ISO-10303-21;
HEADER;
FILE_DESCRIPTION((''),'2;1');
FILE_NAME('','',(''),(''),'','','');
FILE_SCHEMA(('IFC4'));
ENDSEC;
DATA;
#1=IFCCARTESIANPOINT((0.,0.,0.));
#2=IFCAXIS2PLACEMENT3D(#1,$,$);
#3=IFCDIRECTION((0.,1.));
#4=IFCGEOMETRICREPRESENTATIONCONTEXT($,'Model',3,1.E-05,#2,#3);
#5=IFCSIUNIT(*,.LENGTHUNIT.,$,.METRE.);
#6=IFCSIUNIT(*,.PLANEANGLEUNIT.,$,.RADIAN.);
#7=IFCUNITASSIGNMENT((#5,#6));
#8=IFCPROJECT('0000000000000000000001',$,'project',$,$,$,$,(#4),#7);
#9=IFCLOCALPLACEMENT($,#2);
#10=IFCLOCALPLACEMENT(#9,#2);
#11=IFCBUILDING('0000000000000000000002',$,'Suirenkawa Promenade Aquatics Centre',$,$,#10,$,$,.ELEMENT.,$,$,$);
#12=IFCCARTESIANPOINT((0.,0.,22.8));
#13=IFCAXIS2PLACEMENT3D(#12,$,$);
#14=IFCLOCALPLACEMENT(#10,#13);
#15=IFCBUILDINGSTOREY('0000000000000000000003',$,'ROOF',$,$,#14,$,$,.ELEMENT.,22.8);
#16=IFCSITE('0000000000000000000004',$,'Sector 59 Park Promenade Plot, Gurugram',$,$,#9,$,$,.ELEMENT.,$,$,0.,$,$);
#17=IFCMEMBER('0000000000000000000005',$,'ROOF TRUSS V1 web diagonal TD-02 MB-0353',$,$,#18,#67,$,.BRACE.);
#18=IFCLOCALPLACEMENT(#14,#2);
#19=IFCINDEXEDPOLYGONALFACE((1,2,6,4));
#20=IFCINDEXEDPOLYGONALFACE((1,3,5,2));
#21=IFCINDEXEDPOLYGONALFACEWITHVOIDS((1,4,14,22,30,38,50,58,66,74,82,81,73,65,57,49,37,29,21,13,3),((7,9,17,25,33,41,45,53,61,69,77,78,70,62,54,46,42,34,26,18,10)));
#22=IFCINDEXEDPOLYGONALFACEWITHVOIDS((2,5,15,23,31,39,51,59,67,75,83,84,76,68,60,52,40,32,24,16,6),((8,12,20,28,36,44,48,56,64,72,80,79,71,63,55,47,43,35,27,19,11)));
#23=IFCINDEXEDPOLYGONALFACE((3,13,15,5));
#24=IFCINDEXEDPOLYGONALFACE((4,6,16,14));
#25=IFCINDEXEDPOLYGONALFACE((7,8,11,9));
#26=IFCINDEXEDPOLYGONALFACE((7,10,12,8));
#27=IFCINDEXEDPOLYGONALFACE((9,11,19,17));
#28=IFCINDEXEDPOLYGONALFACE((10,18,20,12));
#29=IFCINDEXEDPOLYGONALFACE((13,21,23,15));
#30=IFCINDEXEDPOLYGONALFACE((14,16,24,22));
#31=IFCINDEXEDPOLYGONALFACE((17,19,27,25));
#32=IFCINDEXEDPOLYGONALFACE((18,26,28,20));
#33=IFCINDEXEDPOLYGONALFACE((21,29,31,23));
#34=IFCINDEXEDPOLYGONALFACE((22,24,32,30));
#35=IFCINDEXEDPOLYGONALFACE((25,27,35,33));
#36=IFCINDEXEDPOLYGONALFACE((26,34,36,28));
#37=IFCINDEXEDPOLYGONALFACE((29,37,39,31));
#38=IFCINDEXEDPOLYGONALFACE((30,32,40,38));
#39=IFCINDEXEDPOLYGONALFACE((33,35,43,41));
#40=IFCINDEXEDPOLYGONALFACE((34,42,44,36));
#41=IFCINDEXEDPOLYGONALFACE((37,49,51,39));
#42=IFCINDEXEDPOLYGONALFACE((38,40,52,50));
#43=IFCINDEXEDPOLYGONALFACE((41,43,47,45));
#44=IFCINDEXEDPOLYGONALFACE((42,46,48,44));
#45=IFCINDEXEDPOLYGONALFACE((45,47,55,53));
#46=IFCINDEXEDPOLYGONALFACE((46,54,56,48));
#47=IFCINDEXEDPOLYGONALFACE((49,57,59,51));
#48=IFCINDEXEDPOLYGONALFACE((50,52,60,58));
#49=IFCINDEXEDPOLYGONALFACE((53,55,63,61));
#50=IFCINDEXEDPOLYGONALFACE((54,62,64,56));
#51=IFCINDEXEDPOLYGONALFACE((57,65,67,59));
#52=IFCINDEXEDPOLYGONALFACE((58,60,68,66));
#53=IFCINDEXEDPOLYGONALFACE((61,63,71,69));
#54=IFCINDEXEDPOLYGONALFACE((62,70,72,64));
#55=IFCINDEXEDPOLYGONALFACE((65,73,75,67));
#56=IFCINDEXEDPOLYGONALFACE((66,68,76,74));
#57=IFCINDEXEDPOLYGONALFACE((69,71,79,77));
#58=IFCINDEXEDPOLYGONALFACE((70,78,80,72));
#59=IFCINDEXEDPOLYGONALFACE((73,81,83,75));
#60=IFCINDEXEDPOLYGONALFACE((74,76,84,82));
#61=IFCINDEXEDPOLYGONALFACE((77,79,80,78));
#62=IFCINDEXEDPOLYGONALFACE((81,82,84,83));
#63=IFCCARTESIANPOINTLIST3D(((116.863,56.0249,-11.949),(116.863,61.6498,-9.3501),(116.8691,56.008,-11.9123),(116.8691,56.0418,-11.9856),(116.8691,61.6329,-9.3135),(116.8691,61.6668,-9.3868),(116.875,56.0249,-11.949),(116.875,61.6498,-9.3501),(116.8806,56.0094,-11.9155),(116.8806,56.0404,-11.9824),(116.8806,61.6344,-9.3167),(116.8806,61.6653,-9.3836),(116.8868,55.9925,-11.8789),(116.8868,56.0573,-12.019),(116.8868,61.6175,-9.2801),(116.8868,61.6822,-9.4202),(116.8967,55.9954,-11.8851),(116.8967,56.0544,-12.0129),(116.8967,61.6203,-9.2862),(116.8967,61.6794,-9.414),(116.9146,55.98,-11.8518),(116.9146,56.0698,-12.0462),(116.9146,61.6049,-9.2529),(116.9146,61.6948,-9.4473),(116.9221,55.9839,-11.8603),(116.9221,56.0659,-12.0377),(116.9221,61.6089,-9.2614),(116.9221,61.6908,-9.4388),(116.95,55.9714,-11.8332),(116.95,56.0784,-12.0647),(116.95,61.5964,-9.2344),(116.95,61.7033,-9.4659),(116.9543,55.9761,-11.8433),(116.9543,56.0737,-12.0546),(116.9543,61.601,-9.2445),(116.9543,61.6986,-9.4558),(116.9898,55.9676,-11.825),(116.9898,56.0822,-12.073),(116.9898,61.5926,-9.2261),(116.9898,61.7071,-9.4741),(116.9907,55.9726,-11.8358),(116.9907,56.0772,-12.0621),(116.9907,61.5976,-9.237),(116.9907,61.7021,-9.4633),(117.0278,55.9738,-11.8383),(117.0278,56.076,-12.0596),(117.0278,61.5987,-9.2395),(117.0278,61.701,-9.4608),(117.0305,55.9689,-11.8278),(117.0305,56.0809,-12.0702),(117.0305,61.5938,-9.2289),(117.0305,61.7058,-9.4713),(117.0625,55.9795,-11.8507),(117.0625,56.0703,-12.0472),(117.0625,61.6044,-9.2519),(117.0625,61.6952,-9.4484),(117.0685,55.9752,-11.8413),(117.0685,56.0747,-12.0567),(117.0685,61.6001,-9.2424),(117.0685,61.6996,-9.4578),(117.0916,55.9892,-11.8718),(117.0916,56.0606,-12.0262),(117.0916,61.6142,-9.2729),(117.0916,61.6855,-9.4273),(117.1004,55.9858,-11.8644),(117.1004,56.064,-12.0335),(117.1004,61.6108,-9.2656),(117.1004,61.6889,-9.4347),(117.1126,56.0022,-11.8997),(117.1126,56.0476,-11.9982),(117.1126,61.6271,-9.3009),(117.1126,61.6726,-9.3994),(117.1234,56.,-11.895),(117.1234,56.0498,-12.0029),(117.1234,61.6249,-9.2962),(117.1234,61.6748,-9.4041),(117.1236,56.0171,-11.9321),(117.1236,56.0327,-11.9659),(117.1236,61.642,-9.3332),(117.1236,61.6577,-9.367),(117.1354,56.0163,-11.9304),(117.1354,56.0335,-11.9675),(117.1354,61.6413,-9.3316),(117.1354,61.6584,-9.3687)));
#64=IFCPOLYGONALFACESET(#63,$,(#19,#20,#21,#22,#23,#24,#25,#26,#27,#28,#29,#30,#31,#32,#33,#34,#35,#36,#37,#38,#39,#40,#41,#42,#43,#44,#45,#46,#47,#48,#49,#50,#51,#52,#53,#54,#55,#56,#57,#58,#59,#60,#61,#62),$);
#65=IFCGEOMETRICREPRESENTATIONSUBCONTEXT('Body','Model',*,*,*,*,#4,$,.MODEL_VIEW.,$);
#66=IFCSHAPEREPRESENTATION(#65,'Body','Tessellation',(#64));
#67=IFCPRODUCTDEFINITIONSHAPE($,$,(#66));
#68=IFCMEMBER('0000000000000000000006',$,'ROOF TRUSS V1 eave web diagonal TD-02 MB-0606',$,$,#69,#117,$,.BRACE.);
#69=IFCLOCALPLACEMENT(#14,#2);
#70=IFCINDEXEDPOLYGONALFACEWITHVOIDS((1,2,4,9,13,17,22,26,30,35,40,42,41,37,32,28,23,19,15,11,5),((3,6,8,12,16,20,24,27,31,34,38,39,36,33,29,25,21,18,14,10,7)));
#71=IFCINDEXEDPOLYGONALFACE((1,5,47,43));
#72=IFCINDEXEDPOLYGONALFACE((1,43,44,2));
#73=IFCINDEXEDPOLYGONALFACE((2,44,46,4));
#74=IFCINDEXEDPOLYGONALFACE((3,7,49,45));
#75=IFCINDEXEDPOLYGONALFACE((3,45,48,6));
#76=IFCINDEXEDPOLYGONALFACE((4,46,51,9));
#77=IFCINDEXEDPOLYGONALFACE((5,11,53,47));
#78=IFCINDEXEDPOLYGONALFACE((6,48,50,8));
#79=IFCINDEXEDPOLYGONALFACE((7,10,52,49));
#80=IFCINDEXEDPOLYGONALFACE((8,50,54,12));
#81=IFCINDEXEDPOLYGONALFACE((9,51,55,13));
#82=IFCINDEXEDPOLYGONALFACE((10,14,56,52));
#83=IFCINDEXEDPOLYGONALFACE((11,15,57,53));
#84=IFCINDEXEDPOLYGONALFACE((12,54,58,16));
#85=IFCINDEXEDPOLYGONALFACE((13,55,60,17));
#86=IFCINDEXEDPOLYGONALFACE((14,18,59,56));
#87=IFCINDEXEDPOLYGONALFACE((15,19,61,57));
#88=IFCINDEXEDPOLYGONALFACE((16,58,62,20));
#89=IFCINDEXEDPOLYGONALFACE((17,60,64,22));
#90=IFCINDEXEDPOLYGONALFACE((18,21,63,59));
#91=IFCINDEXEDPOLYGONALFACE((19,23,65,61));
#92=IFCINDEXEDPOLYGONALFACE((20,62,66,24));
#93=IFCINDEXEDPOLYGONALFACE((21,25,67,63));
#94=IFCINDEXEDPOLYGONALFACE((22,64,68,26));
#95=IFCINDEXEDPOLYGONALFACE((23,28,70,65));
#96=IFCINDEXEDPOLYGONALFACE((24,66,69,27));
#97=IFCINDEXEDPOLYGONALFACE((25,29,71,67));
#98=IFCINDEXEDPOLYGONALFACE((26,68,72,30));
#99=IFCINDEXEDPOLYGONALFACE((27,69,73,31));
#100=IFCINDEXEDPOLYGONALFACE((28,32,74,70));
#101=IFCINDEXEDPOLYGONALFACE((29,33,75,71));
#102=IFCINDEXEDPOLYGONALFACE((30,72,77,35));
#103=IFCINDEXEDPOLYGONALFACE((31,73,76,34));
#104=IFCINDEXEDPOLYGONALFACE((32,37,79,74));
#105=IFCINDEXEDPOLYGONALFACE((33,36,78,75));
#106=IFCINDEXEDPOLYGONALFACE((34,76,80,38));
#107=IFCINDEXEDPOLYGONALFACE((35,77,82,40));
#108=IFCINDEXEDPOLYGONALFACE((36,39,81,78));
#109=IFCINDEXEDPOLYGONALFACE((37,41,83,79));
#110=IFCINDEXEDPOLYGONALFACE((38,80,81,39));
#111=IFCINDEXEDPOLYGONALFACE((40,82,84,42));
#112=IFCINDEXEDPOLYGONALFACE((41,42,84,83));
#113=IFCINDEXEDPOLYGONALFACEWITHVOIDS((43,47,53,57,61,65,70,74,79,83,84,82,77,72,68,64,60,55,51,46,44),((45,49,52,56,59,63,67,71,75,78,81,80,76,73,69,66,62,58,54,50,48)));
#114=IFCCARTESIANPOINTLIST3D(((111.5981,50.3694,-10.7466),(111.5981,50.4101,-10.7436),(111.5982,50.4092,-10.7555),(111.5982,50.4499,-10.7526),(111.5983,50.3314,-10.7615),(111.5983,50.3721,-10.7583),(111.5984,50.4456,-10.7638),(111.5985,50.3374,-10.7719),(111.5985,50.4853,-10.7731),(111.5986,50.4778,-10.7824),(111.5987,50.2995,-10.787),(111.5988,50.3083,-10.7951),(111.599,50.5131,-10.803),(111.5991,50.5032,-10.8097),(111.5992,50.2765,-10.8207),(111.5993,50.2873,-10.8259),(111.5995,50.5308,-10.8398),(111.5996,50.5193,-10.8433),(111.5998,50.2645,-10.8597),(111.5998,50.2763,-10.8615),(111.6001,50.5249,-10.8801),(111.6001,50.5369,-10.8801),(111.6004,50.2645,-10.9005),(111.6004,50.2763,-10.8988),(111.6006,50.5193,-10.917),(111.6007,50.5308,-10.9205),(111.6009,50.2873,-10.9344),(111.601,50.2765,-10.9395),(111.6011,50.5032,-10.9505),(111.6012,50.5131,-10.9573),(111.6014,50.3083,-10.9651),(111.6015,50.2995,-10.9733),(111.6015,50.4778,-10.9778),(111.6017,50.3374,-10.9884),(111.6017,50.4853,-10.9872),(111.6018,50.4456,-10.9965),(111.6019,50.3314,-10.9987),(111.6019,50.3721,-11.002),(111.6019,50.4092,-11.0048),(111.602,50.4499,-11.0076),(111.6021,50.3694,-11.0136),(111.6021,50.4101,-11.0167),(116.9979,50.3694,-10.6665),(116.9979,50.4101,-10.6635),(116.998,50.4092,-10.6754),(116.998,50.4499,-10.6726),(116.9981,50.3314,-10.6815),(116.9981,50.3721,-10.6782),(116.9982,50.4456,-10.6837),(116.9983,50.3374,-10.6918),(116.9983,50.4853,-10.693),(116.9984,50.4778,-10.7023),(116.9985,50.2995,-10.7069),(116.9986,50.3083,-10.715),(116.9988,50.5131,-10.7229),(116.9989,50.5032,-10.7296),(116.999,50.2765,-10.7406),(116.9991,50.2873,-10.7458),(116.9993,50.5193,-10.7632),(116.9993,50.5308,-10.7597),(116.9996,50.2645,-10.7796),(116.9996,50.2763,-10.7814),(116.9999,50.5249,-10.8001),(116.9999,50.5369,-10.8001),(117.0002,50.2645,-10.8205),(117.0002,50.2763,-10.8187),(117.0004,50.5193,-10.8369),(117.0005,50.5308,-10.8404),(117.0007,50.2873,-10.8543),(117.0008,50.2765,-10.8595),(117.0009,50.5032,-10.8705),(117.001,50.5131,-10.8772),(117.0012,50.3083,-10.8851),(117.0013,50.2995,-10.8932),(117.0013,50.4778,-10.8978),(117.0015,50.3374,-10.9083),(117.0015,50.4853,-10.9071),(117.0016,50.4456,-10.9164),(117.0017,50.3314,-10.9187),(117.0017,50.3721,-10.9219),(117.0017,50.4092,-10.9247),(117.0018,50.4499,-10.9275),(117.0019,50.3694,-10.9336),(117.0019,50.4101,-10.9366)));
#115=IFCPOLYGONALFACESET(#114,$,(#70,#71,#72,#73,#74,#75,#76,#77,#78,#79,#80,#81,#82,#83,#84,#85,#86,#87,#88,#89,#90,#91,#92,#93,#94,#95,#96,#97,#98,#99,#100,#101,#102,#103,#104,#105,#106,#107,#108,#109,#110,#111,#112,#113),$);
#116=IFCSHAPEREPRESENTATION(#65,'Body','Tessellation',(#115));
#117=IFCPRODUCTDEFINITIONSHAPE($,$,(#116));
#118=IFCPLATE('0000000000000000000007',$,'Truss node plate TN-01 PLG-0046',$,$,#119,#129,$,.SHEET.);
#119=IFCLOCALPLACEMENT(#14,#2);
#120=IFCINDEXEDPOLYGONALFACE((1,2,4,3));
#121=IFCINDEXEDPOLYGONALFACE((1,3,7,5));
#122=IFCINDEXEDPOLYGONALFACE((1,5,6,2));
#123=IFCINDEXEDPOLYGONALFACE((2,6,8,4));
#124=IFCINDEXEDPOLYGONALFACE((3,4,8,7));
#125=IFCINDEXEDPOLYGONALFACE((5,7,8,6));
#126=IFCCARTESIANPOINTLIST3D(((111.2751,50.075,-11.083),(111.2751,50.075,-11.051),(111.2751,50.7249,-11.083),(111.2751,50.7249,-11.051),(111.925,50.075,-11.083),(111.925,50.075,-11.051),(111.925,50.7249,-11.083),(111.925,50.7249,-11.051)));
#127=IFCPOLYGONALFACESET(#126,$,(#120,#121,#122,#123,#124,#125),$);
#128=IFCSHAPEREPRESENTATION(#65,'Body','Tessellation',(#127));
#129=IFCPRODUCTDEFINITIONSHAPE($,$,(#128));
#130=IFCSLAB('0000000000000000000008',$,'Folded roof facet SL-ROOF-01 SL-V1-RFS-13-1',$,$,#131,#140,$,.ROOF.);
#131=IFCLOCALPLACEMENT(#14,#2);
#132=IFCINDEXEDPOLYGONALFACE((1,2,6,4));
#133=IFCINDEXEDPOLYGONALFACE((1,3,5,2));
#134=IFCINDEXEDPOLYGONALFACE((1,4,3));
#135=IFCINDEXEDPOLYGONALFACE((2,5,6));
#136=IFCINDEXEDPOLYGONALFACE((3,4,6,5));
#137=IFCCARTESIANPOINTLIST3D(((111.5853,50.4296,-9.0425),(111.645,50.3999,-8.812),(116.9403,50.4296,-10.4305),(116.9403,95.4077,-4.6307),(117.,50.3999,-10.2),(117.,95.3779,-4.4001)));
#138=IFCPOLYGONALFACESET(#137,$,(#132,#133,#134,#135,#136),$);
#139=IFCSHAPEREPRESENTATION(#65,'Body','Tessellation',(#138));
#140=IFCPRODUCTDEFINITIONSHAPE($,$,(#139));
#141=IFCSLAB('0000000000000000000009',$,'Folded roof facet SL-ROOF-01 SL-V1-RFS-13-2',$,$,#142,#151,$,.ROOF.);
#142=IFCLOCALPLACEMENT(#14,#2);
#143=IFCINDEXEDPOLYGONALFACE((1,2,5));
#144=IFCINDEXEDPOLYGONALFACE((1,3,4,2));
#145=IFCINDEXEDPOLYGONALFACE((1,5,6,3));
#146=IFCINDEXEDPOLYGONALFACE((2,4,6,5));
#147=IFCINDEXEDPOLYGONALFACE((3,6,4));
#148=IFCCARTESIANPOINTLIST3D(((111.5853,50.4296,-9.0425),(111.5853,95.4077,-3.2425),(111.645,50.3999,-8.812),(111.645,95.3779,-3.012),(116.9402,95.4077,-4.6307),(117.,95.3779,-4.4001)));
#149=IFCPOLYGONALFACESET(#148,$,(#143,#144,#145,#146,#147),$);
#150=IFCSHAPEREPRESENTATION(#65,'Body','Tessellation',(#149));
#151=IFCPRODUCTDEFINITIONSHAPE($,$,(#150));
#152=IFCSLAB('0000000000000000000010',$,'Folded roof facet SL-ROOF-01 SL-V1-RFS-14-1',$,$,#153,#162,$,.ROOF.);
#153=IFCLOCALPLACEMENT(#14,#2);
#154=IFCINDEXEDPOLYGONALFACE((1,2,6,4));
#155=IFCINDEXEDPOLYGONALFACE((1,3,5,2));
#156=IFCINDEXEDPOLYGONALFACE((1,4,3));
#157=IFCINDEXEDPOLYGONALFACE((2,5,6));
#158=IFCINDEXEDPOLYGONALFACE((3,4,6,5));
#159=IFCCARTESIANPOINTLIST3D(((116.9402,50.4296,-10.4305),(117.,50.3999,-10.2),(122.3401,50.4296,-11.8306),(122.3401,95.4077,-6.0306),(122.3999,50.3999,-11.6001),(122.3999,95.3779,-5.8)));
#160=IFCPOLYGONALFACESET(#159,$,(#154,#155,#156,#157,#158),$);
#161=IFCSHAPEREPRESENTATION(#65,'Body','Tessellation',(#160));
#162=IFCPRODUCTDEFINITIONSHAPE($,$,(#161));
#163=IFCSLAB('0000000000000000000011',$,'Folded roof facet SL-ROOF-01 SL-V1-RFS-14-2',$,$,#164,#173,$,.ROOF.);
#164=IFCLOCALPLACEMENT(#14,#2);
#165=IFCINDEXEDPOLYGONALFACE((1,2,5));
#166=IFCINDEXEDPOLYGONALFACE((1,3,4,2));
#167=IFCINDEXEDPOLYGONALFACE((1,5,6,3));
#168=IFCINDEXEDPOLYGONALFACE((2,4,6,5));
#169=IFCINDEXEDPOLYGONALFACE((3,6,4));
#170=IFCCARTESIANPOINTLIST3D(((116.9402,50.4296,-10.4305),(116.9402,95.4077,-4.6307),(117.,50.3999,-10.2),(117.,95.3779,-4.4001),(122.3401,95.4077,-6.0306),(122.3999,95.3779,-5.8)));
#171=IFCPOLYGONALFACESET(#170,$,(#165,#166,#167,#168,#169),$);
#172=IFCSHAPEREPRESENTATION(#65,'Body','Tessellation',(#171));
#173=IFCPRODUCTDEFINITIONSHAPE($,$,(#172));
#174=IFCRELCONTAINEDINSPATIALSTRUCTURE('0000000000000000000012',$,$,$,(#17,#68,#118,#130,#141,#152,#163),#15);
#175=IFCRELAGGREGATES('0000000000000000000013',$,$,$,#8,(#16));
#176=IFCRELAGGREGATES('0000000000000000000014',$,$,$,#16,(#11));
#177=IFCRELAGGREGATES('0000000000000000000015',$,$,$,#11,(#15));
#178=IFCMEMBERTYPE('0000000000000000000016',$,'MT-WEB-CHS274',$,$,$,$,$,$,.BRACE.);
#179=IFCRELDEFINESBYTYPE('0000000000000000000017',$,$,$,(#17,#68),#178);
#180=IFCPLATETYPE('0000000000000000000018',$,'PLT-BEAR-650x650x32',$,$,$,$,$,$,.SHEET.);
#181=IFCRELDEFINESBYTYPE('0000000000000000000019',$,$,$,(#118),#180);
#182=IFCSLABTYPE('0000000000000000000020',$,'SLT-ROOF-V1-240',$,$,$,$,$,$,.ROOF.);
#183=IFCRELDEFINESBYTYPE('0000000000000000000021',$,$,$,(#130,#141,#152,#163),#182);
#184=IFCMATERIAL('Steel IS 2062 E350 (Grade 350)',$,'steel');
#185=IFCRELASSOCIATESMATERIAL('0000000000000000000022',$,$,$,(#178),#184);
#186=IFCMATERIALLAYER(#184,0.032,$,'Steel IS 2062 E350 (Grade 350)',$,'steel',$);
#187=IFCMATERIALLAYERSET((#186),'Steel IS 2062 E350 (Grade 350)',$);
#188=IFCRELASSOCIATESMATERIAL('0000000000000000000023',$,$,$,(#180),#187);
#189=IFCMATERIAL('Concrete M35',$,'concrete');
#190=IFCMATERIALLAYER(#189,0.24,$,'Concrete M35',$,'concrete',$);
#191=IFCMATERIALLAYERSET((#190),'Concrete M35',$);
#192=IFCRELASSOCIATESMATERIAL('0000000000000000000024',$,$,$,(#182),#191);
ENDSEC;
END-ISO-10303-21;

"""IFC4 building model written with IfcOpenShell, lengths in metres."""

from ifc_helpers import new_model, si_unit, direction, frame, origin, origin_2d, place, context, subcontext, project, spatial, polyline, rectangle, hollow_circle, outline, extrude, material, layer, layer_set, material_profile, profile_set, type_object, element, save


model = new_model("IFC4")

# Units and contexts
model_context = context("Model", 3, precision=1e-05, world=origin(), true_north=direction((0.0, 1.0)))
body_context = subcontext(model_context, "Body", "Model", "MODEL_VIEW")
ifc_project = project(units=[si_unit("LENGTHUNIT", "METRE"), si_unit("PLANEANGLEUNIT", "RADIAN")], contexts=[model_context])

# Site, building, storey
site_placement = place(None, origin())
site = spatial("IfcSite", under=ifc_project, at=site_placement, Name="Sector 59 Park Promenade Plot, Gurugram", CompositionType="ELEMENT", RefElevation=0.0)
building_placement = place(site_placement, origin())
building = spatial("IfcBuilding", under=site, at=building_placement, Name="Suirenkawa Promenade Aquatics Centre", CompositionType="ELEMENT")
storey_placement = place(building_placement, frame((0.0, 0.0, 22.8)))
storey = spatial("IfcBuildingStorey", under=building, at=storey_placement, Name="ROOF", CompositionType="ELEMENT", Elevation=22.8)

# Shared definitions
ifc_material_1 = material(Name="Steel IS 2062 E350 (Grade 350)", Category="steel")

# Members
ifc_material_profile_1 = material_profile(ifc_material_1, hollow_circle(Radius=0.137, WallThickness=0.012, at=origin_2d()), Name="CHS 274x12", Category="steel")
ifc_profile_set_1 = profile_set([ifc_material_profile_1], Name="Steel IS 2062 E350 (Grade 350)")
member_type_1 = type_object("IfcMemberType", Name="MT-WEB-CHS274", PredefinedType="BRACE", material=ifc_profile_set_1)
member_1_placement = place(storey_placement, frame((117.0, 56.0249, -11.949), z_axis=(0.0, 0.907792, 0.41942), x_axis=(-1.0, 0.0, 0.0)))
element("IfcMember", 1, at=member_1_placement, inside=storey, type_object=member_type_1, Name="ROOF TRUSS V1 web diagonal TD-02 MB-0353", PredefinedType="BRACE", context=body_context, shape_type="SweptSolid", body=[
    extrude(hollow_circle(Radius=0.137, WallThickness=0.012, at=origin_2d()), origin(), (0.0, 0.0, 1.0), 6.1963),
])
member_2_placement = place(storey_placement, frame((111.6001, 50.3999, -10.8801), z_axis=(0.99989, 0.0, 0.014828), x_axis=(0.0, 1.0, 0.0)))
element("IfcMember", 2, at=member_2_placement, inside=storey, type_object=member_type_1, Name="ROOF TRUSS V1 eave web diagonal TD-02 MB-0606", PredefinedType="BRACE", context=body_context, shape_type="SweptSolid", body=[
    extrude(hollow_circle(Radius=0.137, WallThickness=0.012, at=origin_2d()), origin(), (0.0, 0.0, 1.0), 5.4004),
])

# Plate
ifc_layer_1 = layer(ifc_material_1, 0.032, Name="Steel IS 2062 E350 (Grade 350)", Category="steel")
ifc_layer_set_1 = layer_set([ifc_layer_1], Name="Steel IS 2062 E350 (Grade 350)")
plate_type = type_object("IfcPlateType", Name="PLT-BEAR-650x650x32", PredefinedType="SHEET", material=ifc_layer_set_1)
plate_placement = place(storey_placement, frame((111.6001, 50.3999, -11.083), z_axis=(0.0, 0.0, 1.0), x_axis=(1.0, 0.0, 0.0)))
element("IfcPlate", 3, at=plate_placement, inside=storey, type_object=plate_type, Name="Truss node plate TN-01 PLG-0046", PredefinedType="SHEET", context=body_context, shape_type="SweptSolid", body=[
    extrude(rectangle(XDim=0.6499, YDim=0.6499, at=origin_2d()), origin(), (0.0, 0.0, 1.0), 0.032),
])

# Slabs
ifc_material_2 = material(Name="Concrete M35", Category="concrete")
ifc_layer_2 = layer(ifc_material_2, 0.24, Name="Concrete M35", Category="concrete")
ifc_layer_set_2 = layer_set([ifc_layer_2], Name="Concrete M35")
slab_type = type_object("IfcSlabType", Name="SLT-ROOF-V1-240", PredefinedType="ROOF", material=ifc_layer_set_2)
slab_1_placement = place(storey_placement, frame((111.645, 50.3999, -8.812), z_axis=(0.248964, -0.123862, 0.96056), x_axis=(0.968014, 0.0, -0.250896)))
element("IfcSlab", 4, at=slab_1_placement, inside=storey, type_object=slab_type, Name="Folded roof facet SL-ROOF-01 SL-V1-RFS-13-1", PredefinedType="ROOF", context=body_context, shape_type="SweptSolid", body=[
    extrude(outline(polyline([(0.0, 0.0), (5.5319, 0.0), (4.0768, 45.3271), (0.0, 0.0)])), origin(), (0.0, 0.0, -1.0), 0.24),
])
slab_2_placement = place(storey_placement, frame((111.645, 50.3999, -8.812), z_axis=(0.249005, -0.123866, 0.960549), x_axis=(0.117666, 0.98831, 0.096943)))
element("IfcSlab", 5, at=slab_2_placement, inside=storey, type_object=slab_type, Name="Folded roof facet SL-ROOF-01 SL-V1-RFS-13-2", PredefinedType="ROOF", context=body_context, shape_type="SweptSolid", body=[
    extrude(outline(polyline([(0.0, 0.0), (45.51, 0.0), (45.0145, 5.5097), (0.0, 0.0)])), origin(), (0.0, 0.0, -1.0), 0.24),
])
slab_3_placement = place(storey_placement, frame((117.0, 50.3999, -10.2), z_axis=(0.249058, -0.123864, 0.960535), x_axis=(0.967989, 0.0, -0.250991)))
element("IfcSlab", 6, at=slab_3_placement, inside=storey, type_object=slab_type, Name="Folded roof facet SL-ROOF-01 SL-V1-RFS-14-1", PredefinedType="ROOF", context=body_context, shape_type="SweptSolid", body=[
    extrude(outline(polyline([(0.0, 0.0), (5.5785, 0.0), (4.1227, 45.3271), (0.0, 0.0)])), origin(), (0.0, 0.0, -1.0), 0.24),
])
slab_4_placement = place(storey_placement, frame((117.0, 50.3999, -10.2), z_axis=(0.249018, -0.12386, 0.960546), x_axis=(0.118642, 0.98822, 0.096671)))
element("IfcSlab", 7, at=slab_4_placement, inside=storey, type_object=slab_type, Name="Folded roof facet SL-ROOF-01 SL-V1-RFS-14-2", PredefinedType="ROOF", context=body_context, shape_type="SweptSolid", body=[
    extrude(outline(polyline([(0.0, 0.0), (45.5142, 0.0), (45.0089, 5.5555), (0.0, 0.0)])), origin(), (0.0, 0.0, -1.0), 0.24),
])

save(model, "model.ifc")
